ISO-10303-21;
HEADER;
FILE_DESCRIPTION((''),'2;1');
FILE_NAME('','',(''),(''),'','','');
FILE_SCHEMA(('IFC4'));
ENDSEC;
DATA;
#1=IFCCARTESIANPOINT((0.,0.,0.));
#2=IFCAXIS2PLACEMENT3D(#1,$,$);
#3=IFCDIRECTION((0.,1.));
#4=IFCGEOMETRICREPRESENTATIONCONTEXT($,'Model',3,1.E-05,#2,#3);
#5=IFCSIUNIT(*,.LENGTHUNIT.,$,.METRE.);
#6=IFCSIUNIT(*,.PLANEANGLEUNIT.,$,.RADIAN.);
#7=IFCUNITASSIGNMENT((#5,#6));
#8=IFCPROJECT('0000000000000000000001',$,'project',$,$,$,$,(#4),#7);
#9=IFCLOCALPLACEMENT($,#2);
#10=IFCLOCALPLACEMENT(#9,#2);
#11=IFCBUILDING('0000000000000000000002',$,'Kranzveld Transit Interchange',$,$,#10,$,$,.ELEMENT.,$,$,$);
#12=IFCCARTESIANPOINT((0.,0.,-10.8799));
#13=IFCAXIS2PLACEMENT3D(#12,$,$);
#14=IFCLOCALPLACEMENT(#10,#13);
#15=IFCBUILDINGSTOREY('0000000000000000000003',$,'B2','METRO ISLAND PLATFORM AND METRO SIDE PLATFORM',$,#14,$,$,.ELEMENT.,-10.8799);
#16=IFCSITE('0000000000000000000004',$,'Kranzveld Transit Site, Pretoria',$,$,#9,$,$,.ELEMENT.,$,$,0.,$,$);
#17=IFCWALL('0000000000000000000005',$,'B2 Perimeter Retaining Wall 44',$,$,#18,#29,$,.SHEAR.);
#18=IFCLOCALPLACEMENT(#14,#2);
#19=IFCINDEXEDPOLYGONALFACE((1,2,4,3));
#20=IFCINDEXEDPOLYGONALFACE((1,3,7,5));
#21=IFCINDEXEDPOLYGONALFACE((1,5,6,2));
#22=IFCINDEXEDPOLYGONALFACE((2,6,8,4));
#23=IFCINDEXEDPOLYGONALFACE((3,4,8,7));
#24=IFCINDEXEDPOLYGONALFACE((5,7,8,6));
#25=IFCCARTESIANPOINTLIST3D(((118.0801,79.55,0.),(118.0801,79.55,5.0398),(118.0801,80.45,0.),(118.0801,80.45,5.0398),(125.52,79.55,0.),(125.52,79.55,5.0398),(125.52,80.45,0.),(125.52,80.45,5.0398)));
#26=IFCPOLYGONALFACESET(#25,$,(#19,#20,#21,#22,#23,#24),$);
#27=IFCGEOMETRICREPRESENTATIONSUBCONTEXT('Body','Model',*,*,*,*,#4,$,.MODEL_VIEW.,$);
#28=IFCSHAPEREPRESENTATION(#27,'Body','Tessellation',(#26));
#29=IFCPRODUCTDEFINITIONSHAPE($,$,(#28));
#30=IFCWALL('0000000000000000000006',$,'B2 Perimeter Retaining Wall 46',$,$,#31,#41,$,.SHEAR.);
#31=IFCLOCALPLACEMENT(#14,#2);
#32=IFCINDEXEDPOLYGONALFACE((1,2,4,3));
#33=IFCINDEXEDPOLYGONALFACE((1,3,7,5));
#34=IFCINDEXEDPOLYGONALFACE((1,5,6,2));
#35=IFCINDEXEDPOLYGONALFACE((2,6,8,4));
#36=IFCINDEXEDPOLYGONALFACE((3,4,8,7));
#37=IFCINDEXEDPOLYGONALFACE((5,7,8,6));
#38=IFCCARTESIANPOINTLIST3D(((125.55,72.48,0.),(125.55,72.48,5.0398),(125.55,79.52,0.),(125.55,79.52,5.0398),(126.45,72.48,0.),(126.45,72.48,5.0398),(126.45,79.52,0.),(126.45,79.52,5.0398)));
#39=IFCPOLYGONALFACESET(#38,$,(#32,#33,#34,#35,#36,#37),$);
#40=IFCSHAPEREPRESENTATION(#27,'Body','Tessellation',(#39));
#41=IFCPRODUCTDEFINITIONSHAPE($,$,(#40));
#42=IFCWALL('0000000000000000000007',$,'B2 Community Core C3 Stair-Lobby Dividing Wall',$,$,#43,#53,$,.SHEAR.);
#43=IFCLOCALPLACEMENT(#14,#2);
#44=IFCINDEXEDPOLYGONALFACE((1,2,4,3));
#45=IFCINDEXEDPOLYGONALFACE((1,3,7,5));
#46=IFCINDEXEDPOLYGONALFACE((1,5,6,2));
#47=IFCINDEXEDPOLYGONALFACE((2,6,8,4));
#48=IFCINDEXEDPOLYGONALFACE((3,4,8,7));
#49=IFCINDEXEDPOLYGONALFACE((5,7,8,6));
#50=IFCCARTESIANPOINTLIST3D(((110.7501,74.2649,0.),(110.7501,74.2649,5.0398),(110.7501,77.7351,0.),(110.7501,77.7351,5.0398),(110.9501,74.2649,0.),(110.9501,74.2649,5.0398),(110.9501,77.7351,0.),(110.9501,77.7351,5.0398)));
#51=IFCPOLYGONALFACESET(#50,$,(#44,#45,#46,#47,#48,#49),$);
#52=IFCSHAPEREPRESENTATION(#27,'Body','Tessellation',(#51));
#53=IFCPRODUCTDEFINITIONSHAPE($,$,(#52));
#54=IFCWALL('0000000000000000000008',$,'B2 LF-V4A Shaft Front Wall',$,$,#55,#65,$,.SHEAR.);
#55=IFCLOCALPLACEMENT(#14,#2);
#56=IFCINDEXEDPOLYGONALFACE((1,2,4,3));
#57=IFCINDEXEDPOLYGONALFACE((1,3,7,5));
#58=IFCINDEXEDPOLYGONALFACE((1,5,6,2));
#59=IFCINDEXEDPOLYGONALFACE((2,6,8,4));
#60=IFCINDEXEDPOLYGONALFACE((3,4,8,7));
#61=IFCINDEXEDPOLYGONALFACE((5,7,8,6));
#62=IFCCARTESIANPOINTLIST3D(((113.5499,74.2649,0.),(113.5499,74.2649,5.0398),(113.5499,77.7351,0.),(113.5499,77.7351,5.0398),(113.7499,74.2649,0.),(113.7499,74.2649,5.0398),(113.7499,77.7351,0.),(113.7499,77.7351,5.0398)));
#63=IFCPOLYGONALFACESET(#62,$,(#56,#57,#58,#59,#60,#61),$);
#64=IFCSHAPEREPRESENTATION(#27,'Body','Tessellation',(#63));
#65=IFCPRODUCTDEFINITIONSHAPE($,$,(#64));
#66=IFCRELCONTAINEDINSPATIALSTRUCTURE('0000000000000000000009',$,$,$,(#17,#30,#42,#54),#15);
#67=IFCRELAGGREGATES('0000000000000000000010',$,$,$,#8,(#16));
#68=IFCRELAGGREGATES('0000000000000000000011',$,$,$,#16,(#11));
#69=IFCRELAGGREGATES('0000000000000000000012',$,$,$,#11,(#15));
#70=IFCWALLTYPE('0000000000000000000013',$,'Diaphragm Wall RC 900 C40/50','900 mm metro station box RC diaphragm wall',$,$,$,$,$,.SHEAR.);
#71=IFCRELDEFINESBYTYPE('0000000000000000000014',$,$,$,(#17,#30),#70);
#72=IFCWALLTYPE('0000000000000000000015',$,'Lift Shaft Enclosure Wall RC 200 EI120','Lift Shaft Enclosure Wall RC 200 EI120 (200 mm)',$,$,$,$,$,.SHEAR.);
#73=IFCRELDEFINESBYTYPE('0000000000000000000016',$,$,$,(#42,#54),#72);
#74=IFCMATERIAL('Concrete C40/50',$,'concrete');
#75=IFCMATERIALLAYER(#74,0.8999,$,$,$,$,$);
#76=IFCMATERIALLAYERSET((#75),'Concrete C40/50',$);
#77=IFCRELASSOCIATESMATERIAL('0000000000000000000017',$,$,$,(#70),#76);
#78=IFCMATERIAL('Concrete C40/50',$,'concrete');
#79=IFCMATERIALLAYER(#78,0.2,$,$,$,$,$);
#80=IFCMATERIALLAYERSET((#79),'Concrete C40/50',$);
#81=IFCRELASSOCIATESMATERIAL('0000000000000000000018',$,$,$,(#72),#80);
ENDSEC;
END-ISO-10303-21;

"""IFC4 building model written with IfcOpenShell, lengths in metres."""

from ifc_helpers import new_model, si_unit, direction, frame, frame_2d, origin, place, context, subcontext, project, spatial, rectangle, extrude, material, layer, layer_set, type_object, element, save


model = new_model("IFC4")

# Units and contexts
model_context = context("Model", 3, precision=1e-05, world=origin(), true_north=direction((0.0, 1.0)))
body_context = subcontext(model_context, "Body", "Model", "MODEL_VIEW")
ifc_project = project(units=[si_unit("LENGTHUNIT", "METRE"), si_unit("PLANEANGLEUNIT", "RADIAN")], contexts=[model_context])

# Site, building, storey
site_placement = place(None, origin())
site = spatial("IfcSite", under=ifc_project, at=site_placement, Name="Kranzveld Transit Site, Pretoria", CompositionType="ELEMENT", RefElevation=0.0)
building_placement = place(site_placement, origin())
building = spatial("IfcBuilding", under=site, at=building_placement, Name="Kranzveld Transit Interchange", CompositionType="ELEMENT")
storey_placement = place(building_placement, frame((0.0, 0.0, -10.8799)))
storey = spatial("IfcBuildingStorey", under=building, at=storey_placement, Name="B2", Description="METRO ISLAND PLATFORM AND METRO SIDE PLATFORM", CompositionType="ELEMENT", Elevation=-10.8799)

# Walls
ifc_material_1 = material(Name="Concrete C40/50", Category="concrete")
ifc_layer_1 = layer(ifc_material_1, 0.8999)
ifc_layer_set_1 = layer_set([ifc_layer_1], Name="Concrete C40/50")
wall_type_1 = type_object("IfcWallType", Name="Diaphragm Wall RC 900 C40/50", Description="900 mm metro station box RC diaphragm wall", PredefinedType="SHEAR", material=ifc_layer_set_1)
wall_1_placement = place(storey_placement, frame((118.0801, 80.0, 0.0), z_axis=(0.0, 0.0, 1.0), x_axis=(1.0, 0.0, 0.0)))
element("IfcWall", 1, at=wall_1_placement, inside=storey, type_object=wall_type_1, Name="B2 Perimeter Retaining Wall 44", PredefinedType="SHEAR", context=body_context, shape_type="SweptSolid", body=[
    extrude(rectangle(XDim=7.4399, YDim=0.8999, at=frame_2d((3.72, 0.0))), origin(), (0.0, 0.0, 1.0), 5.0398),
])
wall_2_placement = place(storey_placement, frame((126.0, 72.48, 0.0), z_axis=(0.0, 0.0, 1.0), x_axis=(0.0, 1.0, 0.0)))
element("IfcWall", 2, at=wall_2_placement, inside=storey, type_object=wall_type_1, Name="B2 Perimeter Retaining Wall 46", PredefinedType="SHEAR", context=body_context, shape_type="SweptSolid", body=[
    extrude(rectangle(XDim=7.04, YDim=0.8999, at=frame_2d((3.52, 0.0))), origin(), (0.0, 0.0, 1.0), 5.0398),
])
ifc_material_2 = material(Name="Concrete C40/50", Category="concrete")
ifc_layer_2 = layer(ifc_material_2, 0.2)
ifc_layer_set_2 = layer_set([ifc_layer_2], Name="Concrete C40/50")
wall_type_2 = type_object("IfcWallType", Name="Lift Shaft Enclosure Wall RC 200 EI120", Description="Lift Shaft Enclosure Wall RC 200 EI120 (200 mm)", PredefinedType="SHEAR", material=ifc_layer_set_2)
for number, where, z_axis, x_axis, name in (
    (3, (110.8501, 74.2649, 0.0), (0.0, 0.0, 1.0), (0.0, 1.0, 0.0), "B2 Community Core C3 Stair-Lobby Dividing Wall"),
    (4, (113.6499, 74.2649, 0.0), (0.0, 0.0, 1.0), (0.0, 1.0, 0.0), "B2 LF-V4A Shaft Front Wall"),
):
    element("IfcWall", number, at=place(storey_placement, frame(where, z_axis=z_axis, x_axis=x_axis)), inside=storey, type_object=wall_type_2, Name=name, PredefinedType="SHEAR", context=body_context, shape_type="SweptSolid", body=[
        extrude(rectangle(XDim=3.4702, YDim=0.2, at=frame_2d((1.7351, 0.0))), origin(), (0.0, 0.0, 1.0), 5.0398),
    ])

save(model, "model.ifc")
